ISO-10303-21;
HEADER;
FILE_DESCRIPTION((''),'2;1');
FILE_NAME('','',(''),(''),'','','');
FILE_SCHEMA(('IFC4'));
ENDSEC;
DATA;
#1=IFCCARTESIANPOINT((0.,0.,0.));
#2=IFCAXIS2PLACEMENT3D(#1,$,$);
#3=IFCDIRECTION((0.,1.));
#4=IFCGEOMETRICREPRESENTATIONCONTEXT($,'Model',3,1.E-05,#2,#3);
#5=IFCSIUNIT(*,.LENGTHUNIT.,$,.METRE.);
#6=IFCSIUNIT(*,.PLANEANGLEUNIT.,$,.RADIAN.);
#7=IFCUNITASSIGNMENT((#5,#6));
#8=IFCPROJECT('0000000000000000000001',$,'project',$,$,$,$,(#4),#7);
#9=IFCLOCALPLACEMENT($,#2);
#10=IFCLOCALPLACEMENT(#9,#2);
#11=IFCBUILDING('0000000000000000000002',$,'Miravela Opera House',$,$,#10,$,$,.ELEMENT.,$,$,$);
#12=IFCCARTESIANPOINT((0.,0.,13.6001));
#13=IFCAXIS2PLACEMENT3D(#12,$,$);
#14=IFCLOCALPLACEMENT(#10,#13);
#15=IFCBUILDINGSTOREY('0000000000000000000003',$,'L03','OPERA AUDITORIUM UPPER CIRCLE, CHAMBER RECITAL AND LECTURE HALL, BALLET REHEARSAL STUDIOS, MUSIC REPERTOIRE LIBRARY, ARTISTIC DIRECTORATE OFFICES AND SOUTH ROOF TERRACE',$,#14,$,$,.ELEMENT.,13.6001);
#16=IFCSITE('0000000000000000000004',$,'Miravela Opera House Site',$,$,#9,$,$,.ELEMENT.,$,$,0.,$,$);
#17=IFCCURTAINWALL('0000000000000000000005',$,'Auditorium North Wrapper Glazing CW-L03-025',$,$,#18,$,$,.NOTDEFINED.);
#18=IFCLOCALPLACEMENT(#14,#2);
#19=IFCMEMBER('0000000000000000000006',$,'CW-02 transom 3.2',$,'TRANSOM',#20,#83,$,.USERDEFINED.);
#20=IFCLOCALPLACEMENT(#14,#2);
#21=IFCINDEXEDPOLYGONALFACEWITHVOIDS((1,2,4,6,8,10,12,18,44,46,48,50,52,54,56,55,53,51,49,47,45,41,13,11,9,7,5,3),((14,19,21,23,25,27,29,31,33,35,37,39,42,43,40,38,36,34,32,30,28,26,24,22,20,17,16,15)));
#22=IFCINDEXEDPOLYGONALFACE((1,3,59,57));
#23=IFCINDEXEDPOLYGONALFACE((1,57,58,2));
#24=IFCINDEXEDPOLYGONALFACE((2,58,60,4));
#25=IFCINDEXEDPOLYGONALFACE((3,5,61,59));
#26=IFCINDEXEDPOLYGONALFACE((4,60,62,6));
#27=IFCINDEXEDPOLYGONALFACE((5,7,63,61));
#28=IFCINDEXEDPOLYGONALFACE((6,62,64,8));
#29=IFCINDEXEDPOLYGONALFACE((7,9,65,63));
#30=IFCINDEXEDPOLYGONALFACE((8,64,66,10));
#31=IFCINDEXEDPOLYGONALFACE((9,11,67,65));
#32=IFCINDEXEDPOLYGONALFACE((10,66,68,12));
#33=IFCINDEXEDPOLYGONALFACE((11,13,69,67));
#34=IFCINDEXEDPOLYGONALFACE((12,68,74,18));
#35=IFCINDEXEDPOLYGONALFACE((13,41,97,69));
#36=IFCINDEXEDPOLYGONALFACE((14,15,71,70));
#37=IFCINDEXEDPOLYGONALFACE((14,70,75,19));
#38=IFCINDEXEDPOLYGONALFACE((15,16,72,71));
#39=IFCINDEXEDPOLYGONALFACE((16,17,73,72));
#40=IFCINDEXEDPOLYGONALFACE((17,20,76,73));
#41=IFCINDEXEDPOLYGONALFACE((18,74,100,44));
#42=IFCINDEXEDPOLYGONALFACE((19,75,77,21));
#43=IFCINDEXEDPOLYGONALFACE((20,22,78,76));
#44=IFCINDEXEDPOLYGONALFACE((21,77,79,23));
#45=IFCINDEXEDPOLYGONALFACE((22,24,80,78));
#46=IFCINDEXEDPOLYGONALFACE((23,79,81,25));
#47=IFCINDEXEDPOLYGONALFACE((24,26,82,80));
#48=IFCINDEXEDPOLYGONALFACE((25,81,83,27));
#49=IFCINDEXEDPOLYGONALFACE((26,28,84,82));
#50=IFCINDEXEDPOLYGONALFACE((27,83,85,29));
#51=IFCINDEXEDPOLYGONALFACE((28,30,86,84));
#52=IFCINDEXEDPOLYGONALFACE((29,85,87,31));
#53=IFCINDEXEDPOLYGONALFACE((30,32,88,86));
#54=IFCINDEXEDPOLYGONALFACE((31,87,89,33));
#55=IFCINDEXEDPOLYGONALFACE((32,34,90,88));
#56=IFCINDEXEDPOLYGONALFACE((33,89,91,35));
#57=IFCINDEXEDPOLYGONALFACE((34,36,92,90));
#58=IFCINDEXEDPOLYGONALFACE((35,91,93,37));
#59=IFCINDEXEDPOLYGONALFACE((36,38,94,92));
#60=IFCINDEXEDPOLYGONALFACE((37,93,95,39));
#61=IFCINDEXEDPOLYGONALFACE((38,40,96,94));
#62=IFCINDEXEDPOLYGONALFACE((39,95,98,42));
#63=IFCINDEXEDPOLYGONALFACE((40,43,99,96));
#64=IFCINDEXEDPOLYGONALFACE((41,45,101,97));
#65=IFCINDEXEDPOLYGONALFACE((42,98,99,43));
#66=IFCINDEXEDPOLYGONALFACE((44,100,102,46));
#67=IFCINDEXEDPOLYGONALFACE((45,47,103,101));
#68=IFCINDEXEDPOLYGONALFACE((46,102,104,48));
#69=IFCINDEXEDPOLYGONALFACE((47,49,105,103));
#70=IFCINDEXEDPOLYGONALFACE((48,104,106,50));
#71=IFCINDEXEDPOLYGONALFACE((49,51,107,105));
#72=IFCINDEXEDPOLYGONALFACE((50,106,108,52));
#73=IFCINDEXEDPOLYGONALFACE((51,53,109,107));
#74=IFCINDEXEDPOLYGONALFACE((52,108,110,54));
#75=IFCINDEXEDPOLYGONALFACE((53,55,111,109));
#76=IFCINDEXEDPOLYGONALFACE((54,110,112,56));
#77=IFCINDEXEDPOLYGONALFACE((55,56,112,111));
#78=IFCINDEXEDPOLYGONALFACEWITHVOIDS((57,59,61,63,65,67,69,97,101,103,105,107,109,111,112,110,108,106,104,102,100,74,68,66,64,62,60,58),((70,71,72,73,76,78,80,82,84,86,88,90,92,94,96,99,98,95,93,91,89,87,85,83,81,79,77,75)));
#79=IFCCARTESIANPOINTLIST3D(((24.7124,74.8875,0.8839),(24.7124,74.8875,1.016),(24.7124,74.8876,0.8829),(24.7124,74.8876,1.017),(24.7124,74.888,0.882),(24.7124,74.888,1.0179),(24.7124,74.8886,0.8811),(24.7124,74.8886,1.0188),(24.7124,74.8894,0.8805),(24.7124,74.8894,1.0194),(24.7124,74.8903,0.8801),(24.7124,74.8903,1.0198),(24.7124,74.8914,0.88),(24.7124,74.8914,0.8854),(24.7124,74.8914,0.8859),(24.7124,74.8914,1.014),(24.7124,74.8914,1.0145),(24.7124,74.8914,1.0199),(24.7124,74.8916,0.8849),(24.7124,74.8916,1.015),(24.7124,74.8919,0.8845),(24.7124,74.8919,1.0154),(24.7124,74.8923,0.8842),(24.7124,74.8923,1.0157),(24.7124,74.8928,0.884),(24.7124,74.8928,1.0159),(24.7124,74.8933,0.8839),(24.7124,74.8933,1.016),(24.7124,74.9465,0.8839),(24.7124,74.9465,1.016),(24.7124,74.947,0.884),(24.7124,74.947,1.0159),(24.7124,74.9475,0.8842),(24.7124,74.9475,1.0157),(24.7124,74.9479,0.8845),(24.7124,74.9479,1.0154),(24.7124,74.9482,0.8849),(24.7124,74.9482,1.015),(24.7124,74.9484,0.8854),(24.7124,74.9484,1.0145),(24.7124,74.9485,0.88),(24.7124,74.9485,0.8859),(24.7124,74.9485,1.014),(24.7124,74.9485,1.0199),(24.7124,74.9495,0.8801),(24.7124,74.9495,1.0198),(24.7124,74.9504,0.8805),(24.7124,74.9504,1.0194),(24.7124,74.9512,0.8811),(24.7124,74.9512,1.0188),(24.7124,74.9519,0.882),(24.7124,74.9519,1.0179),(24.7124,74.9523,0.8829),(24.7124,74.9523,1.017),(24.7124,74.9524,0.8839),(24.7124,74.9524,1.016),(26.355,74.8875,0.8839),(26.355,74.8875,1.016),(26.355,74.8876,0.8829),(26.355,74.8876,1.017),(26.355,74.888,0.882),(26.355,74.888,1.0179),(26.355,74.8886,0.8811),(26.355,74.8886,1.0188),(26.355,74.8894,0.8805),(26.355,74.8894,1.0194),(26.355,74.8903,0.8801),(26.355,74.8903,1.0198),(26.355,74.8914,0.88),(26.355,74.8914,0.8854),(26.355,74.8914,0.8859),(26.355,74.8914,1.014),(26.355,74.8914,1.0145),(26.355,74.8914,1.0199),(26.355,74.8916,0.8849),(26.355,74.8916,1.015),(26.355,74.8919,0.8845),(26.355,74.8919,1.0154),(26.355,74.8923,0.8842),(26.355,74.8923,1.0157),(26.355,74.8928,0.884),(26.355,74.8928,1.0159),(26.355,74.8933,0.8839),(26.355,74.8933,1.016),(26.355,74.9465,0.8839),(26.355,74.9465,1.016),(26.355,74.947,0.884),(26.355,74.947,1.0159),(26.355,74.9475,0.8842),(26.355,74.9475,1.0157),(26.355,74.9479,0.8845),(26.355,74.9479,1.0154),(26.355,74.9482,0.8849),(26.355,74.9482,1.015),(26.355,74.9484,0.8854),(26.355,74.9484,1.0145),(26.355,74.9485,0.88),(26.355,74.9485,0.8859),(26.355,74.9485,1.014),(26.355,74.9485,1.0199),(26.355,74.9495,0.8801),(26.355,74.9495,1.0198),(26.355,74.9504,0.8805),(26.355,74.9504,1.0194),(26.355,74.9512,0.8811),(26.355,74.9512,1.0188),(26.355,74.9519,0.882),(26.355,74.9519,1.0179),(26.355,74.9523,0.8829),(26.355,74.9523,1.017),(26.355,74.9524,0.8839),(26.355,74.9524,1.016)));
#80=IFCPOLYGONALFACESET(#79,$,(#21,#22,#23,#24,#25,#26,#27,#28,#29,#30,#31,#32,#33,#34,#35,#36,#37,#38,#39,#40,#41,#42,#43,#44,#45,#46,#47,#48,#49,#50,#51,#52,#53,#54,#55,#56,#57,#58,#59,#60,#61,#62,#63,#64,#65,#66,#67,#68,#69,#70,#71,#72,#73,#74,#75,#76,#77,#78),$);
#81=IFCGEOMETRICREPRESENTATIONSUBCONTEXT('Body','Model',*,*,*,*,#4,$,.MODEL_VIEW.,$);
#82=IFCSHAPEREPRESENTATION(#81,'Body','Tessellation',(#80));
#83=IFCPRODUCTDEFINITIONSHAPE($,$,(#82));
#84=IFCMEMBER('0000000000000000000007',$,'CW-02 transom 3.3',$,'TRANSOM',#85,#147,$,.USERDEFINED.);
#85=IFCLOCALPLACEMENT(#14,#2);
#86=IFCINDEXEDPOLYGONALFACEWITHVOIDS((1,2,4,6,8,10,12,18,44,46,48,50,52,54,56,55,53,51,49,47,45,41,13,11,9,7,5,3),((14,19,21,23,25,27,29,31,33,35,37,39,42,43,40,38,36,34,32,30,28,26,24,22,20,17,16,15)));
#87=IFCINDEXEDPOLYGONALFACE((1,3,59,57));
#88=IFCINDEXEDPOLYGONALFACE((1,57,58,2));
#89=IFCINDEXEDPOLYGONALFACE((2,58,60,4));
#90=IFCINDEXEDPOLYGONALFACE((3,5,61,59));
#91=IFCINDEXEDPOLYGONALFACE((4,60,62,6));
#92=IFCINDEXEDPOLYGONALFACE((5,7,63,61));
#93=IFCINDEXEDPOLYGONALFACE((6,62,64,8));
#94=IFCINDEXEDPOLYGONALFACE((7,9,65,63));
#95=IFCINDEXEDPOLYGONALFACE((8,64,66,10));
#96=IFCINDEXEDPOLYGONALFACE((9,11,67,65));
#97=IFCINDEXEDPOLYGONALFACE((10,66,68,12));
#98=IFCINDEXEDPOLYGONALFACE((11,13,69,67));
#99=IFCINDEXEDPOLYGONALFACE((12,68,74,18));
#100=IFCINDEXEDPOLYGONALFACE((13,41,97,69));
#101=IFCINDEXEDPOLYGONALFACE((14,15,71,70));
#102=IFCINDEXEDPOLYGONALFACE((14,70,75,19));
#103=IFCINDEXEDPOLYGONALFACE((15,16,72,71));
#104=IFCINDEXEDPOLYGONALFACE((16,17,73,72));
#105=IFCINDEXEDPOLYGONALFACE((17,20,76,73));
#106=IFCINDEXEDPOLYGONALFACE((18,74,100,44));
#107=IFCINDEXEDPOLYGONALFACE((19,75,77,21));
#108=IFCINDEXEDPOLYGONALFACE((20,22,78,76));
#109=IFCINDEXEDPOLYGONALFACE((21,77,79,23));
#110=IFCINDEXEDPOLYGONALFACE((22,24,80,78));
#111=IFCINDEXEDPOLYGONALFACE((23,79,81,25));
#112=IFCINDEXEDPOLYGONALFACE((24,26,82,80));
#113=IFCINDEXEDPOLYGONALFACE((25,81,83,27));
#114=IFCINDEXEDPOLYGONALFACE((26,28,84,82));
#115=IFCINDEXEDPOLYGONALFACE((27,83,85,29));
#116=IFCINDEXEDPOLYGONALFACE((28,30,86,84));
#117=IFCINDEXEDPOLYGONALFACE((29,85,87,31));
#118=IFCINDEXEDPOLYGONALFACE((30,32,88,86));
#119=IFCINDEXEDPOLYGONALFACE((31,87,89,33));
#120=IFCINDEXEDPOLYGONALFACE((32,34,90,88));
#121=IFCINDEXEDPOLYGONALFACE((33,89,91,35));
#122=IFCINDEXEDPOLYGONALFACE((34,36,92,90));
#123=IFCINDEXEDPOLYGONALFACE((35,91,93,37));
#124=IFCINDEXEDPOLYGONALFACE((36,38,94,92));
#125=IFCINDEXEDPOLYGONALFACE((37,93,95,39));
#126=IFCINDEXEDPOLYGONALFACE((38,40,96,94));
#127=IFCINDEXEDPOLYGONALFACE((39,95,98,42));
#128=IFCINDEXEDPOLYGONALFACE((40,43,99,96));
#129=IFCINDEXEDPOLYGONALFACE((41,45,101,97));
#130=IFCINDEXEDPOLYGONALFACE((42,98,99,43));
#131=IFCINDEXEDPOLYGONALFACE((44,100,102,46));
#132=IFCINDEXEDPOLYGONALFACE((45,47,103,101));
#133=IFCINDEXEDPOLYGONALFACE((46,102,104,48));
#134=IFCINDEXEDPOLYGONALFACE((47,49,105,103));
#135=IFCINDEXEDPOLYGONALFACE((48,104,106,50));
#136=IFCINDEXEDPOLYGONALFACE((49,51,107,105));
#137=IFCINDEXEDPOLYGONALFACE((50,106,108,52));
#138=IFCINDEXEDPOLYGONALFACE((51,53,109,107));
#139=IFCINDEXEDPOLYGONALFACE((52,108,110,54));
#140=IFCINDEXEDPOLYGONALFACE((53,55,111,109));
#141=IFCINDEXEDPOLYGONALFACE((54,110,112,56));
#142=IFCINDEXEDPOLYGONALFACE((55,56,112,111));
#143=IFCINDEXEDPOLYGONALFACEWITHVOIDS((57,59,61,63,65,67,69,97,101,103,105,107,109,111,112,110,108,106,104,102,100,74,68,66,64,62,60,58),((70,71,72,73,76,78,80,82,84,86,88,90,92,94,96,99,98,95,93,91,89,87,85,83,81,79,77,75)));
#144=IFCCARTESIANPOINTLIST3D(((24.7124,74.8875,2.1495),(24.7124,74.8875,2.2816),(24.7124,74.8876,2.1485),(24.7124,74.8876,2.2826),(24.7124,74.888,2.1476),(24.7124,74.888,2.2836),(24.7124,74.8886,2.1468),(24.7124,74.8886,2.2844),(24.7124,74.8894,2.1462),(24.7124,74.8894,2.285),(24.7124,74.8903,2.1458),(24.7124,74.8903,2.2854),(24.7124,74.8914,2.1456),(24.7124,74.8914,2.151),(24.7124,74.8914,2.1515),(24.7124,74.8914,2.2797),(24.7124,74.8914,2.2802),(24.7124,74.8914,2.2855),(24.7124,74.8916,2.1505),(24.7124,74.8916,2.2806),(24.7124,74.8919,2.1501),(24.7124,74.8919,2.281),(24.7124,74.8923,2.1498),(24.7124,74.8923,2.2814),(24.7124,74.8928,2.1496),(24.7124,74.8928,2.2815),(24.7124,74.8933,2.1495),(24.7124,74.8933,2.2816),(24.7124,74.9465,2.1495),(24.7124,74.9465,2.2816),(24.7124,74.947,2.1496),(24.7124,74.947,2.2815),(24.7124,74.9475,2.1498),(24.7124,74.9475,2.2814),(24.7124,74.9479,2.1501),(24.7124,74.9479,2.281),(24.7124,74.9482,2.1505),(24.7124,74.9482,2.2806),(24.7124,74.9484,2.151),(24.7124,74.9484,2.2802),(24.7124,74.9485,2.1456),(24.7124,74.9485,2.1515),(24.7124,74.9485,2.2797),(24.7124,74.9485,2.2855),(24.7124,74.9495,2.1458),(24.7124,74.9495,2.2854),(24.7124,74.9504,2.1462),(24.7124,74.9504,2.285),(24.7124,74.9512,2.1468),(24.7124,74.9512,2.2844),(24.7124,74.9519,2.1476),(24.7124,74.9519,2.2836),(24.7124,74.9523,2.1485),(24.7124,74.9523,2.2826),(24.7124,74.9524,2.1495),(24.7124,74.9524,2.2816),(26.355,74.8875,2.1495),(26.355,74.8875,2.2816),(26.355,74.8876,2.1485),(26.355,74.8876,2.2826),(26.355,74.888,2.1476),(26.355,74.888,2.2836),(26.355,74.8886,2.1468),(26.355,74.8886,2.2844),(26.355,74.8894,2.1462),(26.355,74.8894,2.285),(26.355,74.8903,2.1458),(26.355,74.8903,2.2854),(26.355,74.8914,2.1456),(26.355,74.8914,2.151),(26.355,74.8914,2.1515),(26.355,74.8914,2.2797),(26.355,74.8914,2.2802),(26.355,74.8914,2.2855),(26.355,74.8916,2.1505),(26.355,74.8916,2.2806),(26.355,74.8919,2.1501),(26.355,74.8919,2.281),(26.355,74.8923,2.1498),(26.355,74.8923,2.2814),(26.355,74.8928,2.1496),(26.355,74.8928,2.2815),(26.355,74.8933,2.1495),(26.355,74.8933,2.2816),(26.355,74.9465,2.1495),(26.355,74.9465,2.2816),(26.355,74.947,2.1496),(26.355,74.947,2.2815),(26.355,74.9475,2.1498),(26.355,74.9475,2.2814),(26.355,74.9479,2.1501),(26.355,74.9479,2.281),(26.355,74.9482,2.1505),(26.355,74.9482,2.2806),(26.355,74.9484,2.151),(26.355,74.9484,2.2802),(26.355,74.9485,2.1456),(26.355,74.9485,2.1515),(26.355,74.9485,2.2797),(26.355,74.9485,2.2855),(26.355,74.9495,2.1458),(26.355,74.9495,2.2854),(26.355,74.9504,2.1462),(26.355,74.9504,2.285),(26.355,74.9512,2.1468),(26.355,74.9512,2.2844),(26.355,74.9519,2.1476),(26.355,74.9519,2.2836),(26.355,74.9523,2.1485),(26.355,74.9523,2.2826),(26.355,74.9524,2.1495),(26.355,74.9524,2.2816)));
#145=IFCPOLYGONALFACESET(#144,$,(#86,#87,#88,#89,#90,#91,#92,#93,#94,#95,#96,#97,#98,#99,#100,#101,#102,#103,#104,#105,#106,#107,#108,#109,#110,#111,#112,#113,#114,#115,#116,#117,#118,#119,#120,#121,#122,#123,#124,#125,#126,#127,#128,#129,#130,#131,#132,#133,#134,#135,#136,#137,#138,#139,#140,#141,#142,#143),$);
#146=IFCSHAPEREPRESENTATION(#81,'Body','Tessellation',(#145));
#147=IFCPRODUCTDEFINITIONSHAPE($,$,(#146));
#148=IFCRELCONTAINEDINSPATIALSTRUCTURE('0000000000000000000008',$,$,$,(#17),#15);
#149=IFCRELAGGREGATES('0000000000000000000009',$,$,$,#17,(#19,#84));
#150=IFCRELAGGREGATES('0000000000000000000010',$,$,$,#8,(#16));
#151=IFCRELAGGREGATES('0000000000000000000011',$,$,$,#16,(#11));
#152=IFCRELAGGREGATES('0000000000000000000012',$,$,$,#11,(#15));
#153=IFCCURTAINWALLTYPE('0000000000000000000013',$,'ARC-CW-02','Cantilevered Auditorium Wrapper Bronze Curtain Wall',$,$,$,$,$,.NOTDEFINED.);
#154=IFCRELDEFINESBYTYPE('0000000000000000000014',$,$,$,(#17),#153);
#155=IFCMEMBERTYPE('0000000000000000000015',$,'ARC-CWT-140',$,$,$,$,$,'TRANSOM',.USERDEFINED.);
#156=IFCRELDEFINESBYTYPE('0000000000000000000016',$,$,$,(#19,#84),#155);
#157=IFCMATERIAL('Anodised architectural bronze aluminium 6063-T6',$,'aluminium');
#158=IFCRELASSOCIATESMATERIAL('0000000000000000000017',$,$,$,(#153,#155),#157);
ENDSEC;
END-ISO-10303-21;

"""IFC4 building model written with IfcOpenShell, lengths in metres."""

from ifc_helpers import new_model, si_unit, direction, frame, origin, origin_2d, place, context, subcontext, project, spatial, hollow_rectangle, extrude, material, material_profile, profile_set, type_object, element, aggregate, save


model = new_model("IFC4")

# Units and contexts
model_context = context("Model", 3, precision=1e-05, world=origin(), true_north=direction((0.0, 1.0)))
body_context = subcontext(model_context, "Body", "Model", "MODEL_VIEW")
ifc_project = project(units=[si_unit("LENGTHUNIT", "METRE"), si_unit("PLANEANGLEUNIT", "RADIAN")], contexts=[model_context])

# Site, building, storey
site_placement = place(None, origin())
site = spatial("IfcSite", under=ifc_project, at=site_placement, Name="Miravela Opera House Site", CompositionType="ELEMENT", RefElevation=0.0)
building_placement = place(site_placement, origin())
building = spatial("IfcBuilding", under=site, at=building_placement, Name="Miravela Opera House", CompositionType="ELEMENT")
storey_placement = place(building_placement, frame((0.0, 0.0, 13.6001)))
storey = spatial("IfcBuildingStorey", under=building, at=storey_placement, Name="L03", Description="OPERA AUDITORIUM UPPER CIRCLE, CHAMBER RECITAL AND LECTURE HALL, BALLET REHEARSAL STUDIOS, MUSIC REPERTOIRE LIBRARY, ARTISTIC DIRECTORATE OFFICES AND SOUTH ROOF TERRACE", CompositionType="ELEMENT", Elevation=13.6001)

# Shared definitions
ifc_material_1 = material(Name="Anodised architectural bronze aluminium 6063-T6", Category="aluminium")
curtain_wall_type = type_object("IfcCurtainWallType", Name="ARC-CW-02", Description="Cantilevered Auditorium Wrapper Bronze Curtain Wall", PredefinedType="NOTDEFINED", material=ifc_material_1)

# Curtain wall, members
curtain_wall_1_placement = place(storey_placement, origin())
curtain_wall_1 = element("IfcCurtainWall", 1, at=curtain_wall_1_placement, inside=storey, type_object=curtain_wall_type, Name="Auditorium North Wrapper Glazing CW-L03-025", PredefinedType="NOTDEFINED")
ifc_material_profile_1 = material_profile(ifc_material_1, hollow_rectangle(XDim=0.0649, YDim=0.1399, WallThickness=0.0039, InnerFilletRadius=0.002, OuterFilletRadius=0.0039, at=origin_2d()), Name="CWT-65X140")
ifc_profile_set_1 = profile_set([ifc_material_profile_1])
member_type_1 = type_object("IfcMemberType", Name="ARC-CWT-140", ElementType="TRANSOM", PredefinedType="USERDEFINED", material=ifc_profile_set_1)
member_1_placement = place(storey_placement, frame((24.7124, 74.9199, 0.95), z_axis=(1.0, 0.0, 0.0), x_axis=(0.0, 1.0, 0.0)))
member_1 = element("IfcMember", 2, at=member_1_placement, type_object=member_type_1, Name="CW-02 transom 3.2", ObjectType="TRANSOM", PredefinedType="USERDEFINED", context=body_context, shape_type="SweptSolid", body=[
    extrude(hollow_rectangle(XDim=0.0649, YDim=0.1399, WallThickness=0.0039, InnerFilletRadius=0.002, OuterFilletRadius=0.0039, at=origin_2d()), origin(), (0.0, 0.0, 1.0), 1.6426),
])
member_2_placement = place(storey_placement, frame((24.7124, 74.9199, 2.2156), z_axis=(1.0, 0.0, 0.0), x_axis=(0.0, 1.0, 0.0)))
member_2 = element("IfcMember", 3, at=member_2_placement, type_object=member_type_1, Name="CW-02 transom 3.3", ObjectType="TRANSOM", PredefinedType="USERDEFINED", context=body_context, shape_type="SweptSolid", body=[
    extrude(hollow_rectangle(XDim=0.0649, YDim=0.1399, WallThickness=0.0039, InnerFilletRadius=0.002, OuterFilletRadius=0.0039, at=origin_2d()), origin(), (0.0, 0.0, 1.0), 1.6426),
])

aggregate(curtain_wall_1, [member_1, member_2])

save(model, "model.ifc")
